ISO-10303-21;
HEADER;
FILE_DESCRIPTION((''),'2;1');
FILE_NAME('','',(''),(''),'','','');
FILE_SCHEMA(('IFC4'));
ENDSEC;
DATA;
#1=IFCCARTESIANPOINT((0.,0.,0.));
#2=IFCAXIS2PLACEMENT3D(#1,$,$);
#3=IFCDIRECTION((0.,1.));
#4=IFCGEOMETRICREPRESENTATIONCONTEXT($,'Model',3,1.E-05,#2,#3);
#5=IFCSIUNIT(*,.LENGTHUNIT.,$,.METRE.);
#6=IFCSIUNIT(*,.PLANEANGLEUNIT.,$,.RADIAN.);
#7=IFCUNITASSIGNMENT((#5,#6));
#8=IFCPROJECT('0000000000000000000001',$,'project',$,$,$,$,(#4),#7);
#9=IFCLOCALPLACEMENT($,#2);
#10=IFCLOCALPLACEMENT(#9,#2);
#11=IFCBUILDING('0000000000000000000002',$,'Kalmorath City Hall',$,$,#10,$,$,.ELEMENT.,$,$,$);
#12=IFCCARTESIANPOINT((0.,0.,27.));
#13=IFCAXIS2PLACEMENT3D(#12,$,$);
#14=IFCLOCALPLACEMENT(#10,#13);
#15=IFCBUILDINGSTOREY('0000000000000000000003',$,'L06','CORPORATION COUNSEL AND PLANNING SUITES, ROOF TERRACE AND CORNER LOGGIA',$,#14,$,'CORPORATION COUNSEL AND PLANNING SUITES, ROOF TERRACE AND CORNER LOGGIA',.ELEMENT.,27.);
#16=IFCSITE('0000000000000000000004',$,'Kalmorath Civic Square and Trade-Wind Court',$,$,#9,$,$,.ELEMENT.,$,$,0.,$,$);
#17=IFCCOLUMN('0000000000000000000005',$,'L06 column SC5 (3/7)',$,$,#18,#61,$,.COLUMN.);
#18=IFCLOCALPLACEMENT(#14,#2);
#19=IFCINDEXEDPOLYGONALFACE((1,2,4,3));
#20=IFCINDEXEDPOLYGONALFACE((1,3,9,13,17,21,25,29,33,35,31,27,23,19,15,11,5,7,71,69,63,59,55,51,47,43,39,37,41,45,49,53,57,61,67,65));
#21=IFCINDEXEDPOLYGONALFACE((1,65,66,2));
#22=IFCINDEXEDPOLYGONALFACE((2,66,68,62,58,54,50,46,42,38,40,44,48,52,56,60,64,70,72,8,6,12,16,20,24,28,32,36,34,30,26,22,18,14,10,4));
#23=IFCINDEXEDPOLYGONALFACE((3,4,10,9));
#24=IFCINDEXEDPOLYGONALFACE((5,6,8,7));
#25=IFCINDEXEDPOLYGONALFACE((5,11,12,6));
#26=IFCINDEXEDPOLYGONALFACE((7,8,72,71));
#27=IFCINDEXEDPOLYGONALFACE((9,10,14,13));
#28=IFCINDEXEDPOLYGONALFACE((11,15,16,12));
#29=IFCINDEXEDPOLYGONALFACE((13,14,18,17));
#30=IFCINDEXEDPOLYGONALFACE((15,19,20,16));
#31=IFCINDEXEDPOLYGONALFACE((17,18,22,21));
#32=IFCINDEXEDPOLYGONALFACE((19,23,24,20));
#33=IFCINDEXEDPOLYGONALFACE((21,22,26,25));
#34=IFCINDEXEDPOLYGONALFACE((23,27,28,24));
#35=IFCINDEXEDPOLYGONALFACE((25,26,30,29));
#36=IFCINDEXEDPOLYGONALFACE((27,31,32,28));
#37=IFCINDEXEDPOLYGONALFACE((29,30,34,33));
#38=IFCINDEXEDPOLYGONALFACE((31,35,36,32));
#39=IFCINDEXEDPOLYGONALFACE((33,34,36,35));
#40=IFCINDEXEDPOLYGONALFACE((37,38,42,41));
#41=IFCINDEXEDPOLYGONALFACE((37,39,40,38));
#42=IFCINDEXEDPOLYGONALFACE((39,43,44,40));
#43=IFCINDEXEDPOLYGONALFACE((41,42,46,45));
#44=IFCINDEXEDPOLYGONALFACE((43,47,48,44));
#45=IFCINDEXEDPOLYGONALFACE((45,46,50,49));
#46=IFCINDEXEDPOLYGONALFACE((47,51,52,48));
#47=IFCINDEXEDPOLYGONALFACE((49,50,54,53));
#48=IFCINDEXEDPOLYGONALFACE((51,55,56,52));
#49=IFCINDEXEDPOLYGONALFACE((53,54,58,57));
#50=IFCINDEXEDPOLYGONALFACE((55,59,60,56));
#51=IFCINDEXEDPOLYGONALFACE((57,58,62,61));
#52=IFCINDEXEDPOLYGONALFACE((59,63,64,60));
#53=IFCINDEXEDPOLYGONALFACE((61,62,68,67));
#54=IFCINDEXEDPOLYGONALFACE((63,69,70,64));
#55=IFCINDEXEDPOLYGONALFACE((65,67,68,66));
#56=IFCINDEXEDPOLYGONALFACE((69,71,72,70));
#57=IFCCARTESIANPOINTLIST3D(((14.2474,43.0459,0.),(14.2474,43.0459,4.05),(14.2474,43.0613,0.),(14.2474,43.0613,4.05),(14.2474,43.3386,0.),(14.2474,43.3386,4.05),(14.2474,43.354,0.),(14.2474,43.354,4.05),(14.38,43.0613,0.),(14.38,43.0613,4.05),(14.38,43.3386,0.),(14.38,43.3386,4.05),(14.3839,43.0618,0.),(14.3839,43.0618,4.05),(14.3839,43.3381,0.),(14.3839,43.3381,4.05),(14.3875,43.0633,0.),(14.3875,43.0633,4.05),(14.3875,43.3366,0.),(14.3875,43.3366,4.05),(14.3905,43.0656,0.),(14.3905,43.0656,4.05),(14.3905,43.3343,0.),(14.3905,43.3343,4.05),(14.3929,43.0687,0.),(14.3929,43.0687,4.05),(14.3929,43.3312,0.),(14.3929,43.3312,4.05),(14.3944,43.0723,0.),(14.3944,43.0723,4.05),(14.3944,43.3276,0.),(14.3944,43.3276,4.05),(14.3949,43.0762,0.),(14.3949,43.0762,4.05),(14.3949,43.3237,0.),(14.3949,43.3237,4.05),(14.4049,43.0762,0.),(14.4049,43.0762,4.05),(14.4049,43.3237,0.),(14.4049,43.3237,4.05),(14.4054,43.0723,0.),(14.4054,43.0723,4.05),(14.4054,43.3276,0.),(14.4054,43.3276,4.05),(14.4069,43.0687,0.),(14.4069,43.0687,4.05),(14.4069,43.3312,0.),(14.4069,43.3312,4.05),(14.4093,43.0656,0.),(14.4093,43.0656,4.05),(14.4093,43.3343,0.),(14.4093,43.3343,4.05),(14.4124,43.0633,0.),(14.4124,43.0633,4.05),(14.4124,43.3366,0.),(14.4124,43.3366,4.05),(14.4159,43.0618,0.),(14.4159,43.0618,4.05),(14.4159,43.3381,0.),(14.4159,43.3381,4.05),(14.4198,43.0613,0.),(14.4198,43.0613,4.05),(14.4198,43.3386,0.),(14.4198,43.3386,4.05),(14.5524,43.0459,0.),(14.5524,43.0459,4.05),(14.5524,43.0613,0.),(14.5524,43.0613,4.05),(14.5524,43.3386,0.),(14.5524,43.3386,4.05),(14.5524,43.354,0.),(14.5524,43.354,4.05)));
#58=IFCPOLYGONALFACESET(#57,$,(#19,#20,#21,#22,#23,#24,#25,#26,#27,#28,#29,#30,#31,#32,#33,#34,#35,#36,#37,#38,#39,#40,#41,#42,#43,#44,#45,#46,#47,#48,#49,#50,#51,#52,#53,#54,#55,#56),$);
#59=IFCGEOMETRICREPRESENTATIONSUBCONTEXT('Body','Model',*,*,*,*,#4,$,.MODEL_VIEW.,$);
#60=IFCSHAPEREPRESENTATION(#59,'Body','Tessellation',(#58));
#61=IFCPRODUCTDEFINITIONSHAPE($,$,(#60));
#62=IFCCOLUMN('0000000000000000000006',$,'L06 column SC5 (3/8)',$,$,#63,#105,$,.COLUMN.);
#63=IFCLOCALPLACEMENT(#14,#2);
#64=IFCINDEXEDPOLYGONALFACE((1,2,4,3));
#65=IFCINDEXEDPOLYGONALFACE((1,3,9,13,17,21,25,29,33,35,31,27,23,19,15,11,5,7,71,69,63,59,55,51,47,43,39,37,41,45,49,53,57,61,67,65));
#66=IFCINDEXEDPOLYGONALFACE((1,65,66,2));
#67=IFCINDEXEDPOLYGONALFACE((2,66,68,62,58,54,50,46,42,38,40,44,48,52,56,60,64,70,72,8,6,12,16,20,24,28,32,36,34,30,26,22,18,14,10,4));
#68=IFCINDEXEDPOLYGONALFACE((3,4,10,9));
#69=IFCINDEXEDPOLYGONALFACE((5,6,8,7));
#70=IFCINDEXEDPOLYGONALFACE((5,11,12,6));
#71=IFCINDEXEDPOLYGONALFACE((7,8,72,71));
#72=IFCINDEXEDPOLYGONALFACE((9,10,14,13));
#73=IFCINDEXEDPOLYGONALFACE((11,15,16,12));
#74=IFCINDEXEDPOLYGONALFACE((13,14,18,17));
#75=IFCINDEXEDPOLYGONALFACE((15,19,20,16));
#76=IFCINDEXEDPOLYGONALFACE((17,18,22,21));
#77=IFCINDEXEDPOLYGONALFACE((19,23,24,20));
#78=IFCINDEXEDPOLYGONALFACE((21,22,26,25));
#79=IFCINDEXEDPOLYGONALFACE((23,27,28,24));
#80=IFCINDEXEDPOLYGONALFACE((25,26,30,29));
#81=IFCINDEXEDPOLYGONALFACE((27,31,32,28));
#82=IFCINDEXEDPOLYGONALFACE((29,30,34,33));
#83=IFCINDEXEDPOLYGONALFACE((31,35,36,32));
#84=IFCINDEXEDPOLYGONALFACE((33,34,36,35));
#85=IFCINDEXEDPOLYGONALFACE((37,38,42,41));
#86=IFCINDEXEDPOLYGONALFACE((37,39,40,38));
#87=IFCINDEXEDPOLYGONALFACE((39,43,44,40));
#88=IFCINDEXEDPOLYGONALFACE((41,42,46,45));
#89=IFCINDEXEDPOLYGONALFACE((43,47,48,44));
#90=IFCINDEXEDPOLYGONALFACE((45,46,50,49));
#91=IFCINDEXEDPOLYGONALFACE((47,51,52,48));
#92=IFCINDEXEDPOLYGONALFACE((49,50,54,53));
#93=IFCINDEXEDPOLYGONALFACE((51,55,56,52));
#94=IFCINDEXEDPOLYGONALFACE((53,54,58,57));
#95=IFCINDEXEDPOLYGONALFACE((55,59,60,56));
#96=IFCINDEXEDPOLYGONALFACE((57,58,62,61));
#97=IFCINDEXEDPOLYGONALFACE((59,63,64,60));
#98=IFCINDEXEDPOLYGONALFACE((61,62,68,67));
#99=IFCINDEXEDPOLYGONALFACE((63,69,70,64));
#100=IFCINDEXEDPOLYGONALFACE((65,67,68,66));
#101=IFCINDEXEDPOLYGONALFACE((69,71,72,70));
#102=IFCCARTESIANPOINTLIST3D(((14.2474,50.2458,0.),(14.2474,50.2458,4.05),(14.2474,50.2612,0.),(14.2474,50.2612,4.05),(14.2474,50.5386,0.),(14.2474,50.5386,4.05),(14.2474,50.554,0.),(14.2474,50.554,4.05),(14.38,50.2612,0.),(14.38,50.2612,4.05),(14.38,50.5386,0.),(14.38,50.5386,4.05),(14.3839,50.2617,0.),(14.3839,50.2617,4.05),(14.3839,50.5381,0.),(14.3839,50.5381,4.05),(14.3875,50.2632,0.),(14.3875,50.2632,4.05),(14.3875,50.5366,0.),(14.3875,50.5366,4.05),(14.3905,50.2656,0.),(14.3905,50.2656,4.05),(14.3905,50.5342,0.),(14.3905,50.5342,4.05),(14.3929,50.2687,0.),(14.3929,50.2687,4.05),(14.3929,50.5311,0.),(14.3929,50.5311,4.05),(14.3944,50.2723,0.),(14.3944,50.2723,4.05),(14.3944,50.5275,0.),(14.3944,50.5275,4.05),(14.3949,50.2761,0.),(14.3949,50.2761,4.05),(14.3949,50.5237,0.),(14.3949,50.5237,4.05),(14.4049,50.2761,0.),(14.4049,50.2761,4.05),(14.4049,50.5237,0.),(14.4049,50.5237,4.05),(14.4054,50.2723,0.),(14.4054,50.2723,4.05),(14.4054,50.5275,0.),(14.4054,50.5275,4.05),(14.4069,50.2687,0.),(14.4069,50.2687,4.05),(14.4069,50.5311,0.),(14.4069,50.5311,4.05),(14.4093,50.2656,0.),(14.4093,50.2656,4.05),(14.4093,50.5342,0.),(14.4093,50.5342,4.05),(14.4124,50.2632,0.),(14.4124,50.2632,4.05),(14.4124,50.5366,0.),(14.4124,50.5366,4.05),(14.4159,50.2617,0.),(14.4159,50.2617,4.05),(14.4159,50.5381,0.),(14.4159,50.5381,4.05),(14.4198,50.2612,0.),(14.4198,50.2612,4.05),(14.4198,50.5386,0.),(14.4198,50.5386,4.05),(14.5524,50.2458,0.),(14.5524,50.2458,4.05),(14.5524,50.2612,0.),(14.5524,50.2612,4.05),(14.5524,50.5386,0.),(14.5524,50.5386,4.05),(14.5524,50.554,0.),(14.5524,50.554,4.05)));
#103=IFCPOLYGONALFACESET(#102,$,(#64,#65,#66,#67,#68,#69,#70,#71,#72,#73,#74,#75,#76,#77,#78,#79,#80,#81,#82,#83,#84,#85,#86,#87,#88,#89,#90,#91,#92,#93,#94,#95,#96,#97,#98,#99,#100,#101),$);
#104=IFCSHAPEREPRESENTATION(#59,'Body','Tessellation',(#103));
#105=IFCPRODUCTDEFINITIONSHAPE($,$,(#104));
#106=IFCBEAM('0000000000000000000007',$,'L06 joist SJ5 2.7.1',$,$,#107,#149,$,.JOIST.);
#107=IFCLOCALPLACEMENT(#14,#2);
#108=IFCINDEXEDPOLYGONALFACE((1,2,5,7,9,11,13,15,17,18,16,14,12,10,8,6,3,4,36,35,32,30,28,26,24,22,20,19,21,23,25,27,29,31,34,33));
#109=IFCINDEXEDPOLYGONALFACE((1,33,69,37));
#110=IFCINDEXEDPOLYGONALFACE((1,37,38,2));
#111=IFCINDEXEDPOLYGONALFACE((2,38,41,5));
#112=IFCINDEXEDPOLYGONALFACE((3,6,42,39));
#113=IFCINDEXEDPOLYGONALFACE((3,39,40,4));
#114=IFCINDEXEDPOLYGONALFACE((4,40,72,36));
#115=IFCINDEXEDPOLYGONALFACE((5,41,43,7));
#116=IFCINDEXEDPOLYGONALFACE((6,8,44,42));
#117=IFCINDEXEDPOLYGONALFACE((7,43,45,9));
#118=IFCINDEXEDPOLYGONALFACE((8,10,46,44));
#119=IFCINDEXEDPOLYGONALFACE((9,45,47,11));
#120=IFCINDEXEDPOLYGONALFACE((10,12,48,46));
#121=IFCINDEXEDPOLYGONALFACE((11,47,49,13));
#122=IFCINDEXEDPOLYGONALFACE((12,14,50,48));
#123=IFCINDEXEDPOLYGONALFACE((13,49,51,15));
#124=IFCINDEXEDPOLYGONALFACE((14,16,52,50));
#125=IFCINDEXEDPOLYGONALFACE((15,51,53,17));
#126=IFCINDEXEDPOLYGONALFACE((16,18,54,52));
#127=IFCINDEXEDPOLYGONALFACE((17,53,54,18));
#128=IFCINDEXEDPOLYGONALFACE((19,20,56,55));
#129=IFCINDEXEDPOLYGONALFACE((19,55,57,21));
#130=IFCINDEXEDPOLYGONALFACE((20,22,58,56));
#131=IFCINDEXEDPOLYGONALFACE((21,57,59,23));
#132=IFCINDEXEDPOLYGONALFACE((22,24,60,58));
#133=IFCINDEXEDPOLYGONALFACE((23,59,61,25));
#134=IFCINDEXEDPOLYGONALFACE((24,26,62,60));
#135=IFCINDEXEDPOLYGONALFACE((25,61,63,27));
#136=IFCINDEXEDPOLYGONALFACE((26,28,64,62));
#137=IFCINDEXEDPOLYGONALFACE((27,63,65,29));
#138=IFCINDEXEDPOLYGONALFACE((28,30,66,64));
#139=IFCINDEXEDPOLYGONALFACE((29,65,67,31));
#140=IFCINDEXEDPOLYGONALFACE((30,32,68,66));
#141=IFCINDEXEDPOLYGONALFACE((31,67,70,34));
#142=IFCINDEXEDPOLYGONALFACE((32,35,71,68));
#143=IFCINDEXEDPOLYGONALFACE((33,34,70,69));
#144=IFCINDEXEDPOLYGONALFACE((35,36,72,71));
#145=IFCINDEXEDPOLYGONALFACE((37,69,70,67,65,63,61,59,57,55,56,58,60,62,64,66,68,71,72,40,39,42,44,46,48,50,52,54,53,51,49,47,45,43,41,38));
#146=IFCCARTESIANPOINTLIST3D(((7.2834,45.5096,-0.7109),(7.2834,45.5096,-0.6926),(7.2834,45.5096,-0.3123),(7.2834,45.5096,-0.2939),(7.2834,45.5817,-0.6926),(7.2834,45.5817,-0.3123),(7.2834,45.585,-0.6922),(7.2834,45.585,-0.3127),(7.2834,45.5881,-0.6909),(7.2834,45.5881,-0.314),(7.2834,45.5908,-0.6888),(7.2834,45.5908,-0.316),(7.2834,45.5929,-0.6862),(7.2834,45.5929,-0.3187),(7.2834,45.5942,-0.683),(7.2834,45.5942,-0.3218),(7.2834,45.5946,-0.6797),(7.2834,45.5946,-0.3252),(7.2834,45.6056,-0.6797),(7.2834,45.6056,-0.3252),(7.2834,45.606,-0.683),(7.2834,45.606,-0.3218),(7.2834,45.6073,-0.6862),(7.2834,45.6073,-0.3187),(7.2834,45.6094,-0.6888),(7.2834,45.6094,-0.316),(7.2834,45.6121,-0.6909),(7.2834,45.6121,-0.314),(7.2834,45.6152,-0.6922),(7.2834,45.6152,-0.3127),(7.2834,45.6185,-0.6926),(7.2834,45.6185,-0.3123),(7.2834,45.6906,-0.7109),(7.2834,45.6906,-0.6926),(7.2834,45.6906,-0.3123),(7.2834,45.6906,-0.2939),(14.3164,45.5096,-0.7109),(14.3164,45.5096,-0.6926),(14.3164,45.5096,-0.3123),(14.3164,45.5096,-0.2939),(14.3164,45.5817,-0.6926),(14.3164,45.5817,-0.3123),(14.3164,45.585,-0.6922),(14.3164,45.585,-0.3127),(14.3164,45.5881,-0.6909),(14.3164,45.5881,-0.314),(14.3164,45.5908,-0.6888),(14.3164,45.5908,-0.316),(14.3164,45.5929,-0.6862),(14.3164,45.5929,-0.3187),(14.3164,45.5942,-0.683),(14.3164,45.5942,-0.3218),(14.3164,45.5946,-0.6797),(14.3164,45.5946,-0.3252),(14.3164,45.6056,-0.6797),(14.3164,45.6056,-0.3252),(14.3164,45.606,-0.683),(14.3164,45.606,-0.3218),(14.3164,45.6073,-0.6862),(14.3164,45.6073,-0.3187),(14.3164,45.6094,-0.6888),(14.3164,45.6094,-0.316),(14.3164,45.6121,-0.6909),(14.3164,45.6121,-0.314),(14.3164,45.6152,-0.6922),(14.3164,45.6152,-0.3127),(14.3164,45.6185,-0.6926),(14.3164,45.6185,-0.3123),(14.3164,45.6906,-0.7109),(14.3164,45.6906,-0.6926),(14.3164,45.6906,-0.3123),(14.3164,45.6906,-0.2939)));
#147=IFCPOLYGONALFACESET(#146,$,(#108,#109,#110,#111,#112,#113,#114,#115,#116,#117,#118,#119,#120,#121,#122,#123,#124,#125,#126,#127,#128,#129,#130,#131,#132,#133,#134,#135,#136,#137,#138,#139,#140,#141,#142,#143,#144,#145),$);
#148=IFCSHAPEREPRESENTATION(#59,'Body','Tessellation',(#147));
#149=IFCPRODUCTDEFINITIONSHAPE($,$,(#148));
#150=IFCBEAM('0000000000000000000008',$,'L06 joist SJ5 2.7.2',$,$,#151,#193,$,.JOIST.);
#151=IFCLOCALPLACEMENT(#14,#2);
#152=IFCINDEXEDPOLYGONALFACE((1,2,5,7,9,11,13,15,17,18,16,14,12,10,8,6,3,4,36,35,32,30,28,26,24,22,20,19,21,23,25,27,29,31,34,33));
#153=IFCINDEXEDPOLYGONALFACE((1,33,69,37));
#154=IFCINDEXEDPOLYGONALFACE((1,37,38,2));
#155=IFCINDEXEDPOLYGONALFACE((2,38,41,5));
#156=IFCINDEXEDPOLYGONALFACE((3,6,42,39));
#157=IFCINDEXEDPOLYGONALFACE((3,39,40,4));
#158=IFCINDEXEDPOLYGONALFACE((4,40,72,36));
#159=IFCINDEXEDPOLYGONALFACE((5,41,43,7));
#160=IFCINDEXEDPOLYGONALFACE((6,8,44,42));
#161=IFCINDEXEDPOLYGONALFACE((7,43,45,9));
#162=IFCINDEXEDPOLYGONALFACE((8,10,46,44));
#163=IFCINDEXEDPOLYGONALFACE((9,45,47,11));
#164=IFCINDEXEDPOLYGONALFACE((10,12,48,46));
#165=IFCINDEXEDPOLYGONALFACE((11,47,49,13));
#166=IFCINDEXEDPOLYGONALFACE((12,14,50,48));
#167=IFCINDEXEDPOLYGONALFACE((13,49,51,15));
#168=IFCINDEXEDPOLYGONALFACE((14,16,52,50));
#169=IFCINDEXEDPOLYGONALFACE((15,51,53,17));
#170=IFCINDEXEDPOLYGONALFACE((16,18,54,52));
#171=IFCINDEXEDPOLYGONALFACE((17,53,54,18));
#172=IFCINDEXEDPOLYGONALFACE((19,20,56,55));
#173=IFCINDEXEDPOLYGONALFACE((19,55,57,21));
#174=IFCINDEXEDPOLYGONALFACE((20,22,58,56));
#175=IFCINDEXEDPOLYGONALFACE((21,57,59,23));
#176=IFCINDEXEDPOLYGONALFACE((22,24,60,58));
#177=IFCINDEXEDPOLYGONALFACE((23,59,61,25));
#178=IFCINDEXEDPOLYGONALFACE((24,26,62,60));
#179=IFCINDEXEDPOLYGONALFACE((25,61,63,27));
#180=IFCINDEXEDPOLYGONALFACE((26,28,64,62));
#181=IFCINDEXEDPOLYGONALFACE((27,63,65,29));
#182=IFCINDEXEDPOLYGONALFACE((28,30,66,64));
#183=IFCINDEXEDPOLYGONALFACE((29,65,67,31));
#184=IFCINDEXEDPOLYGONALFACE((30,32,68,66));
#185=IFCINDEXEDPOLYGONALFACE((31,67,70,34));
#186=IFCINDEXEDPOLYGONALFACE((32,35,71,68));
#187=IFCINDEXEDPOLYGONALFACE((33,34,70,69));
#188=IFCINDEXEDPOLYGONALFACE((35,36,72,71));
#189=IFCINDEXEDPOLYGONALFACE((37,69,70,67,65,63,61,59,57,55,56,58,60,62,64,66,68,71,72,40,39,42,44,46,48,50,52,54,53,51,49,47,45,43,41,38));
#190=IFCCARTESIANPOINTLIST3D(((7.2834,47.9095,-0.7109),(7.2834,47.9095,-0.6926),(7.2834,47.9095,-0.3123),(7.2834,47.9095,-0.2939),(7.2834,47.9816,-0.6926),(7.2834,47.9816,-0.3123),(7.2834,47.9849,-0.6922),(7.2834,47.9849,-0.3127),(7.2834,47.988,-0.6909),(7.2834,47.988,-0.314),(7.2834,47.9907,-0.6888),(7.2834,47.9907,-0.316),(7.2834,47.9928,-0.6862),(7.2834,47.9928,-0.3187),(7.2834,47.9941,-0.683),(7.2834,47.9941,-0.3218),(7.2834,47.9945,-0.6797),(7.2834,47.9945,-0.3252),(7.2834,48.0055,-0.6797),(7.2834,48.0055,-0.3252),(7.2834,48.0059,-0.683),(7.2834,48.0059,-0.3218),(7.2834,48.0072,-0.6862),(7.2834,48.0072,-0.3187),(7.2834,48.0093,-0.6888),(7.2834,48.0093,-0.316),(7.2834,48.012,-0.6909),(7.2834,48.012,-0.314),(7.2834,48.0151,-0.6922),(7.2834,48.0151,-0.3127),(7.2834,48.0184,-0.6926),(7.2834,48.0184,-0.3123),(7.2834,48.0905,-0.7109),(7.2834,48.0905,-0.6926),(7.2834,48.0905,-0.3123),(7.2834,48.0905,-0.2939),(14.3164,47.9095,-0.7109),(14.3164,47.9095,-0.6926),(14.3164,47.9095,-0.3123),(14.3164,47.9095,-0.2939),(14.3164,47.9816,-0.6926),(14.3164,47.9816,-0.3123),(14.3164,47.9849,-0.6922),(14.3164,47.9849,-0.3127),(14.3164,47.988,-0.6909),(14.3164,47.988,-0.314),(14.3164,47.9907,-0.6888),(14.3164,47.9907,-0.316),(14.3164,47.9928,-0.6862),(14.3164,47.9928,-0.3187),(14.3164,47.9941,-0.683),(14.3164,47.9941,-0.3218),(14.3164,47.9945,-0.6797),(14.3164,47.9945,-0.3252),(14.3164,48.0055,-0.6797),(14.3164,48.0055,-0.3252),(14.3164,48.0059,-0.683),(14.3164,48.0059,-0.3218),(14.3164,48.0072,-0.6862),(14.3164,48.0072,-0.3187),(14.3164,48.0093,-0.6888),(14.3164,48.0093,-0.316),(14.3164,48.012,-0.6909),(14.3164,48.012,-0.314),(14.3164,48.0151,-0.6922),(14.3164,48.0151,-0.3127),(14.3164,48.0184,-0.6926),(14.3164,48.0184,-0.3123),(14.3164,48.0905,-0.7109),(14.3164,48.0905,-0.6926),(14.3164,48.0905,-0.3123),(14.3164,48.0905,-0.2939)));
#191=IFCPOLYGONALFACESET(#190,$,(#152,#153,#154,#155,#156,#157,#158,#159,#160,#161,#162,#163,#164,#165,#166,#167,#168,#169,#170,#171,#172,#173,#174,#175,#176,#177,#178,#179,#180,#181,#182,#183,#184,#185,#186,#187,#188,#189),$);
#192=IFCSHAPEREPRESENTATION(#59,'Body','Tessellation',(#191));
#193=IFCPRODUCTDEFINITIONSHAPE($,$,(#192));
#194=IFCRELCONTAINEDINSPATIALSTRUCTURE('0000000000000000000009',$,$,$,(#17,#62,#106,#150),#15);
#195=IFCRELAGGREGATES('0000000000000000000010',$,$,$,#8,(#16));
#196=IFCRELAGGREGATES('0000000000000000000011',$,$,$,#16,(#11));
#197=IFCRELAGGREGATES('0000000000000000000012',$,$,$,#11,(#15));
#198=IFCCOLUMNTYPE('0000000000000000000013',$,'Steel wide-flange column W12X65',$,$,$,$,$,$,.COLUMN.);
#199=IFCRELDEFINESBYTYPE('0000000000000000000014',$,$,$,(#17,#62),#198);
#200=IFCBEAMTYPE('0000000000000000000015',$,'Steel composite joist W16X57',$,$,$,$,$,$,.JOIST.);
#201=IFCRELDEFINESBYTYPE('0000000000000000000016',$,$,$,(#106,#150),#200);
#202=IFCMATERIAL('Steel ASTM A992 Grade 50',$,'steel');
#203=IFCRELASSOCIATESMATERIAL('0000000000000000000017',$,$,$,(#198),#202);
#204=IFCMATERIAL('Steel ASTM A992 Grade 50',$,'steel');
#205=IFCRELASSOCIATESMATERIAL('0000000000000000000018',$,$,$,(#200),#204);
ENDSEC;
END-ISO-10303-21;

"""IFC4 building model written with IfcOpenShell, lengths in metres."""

from ifc_helpers import new_model, si_unit, direction, frame, origin, origin_2d, place, context, subcontext, project, spatial, i_section, extrude, material, material_profile, profile_set, type_object, element, save


model = new_model("IFC4")

# Units and contexts
model_context = context("Model", 3, precision=1e-05, world=origin(), true_north=direction((0.0, 1.0)))
body_context = subcontext(model_context, "Body", "Model", "MODEL_VIEW")
ifc_project = project(units=[si_unit("LENGTHUNIT", "METRE"), si_unit("PLANEANGLEUNIT", "RADIAN")], contexts=[model_context])

# Site, building, storey
site_placement = place(None, origin())
site = spatial("IfcSite", under=ifc_project, at=site_placement, Name="Kalmorath Civic Square and Trade-Wind Court", CompositionType="ELEMENT", RefElevation=0.0)
building_placement = place(site_placement, origin())
building = spatial("IfcBuilding", under=site, at=building_placement, Name="Kalmorath City Hall", CompositionType="ELEMENT")
storey_placement = place(building_placement, frame((0.0, 0.0, 27.0)))
storey = spatial("IfcBuildingStorey", under=building, at=storey_placement, Name="L06", Description="CORPORATION COUNSEL AND PLANNING SUITES, ROOF TERRACE AND CORNER LOGGIA", LongName="CORPORATION COUNSEL AND PLANNING SUITES, ROOF TERRACE AND CORNER LOGGIA", CompositionType="ELEMENT", Elevation=27.0)

# Columns
ifc_material_1 = material(Name="Steel ASTM A992 Grade 50", Category="steel")
ifc_material_profile_1 = material_profile(ifc_material_1, i_section(OverallWidth=0.3049, OverallDepth=0.3081, WebThickness=0.01, FlangeThickness=0.0154, FilletRadius=0.0149, at=origin_2d()), Name="W12X65")
ifc_profile_set_1 = profile_set([ifc_material_profile_1], Name="Steel ASTM A992 Grade 50")
column_type = type_object("IfcColumnType", Name="Steel wide-flange column W12X65", PredefinedType="COLUMN", material=ifc_profile_set_1)
for number, where, z_axis, x_axis, name in (
    (1, (14.3999, 43.2, 0.0), (0.0, 0.0, 1.0), (1.0, 0.0, 0.0), "L06 column SC5 (3/7)"),
    (2, (14.3999, 50.3999, 0.0), (0.0, 0.0, 1.0), (1.0, 0.0, 0.0), "L06 column SC5 (3/8)"),
):
    element("IfcColumn", number, at=place(storey_placement, frame(where, z_axis=z_axis, x_axis=x_axis)), inside=storey, type_object=column_type, Name=name, PredefinedType="COLUMN", context=body_context, shape_type="SweptSolid", body=[
        extrude(i_section(OverallWidth=0.3049, OverallDepth=0.3081, WebThickness=0.01, FlangeThickness=0.0154, FilletRadius=0.0149, at=origin_2d()), origin(), (0.0, 0.0, 1.0), 4.05),
    ])

# Beams
ifc_material_2 = material(Name="Steel ASTM A992 Grade 50", Category="steel")
ifc_material_profile_2 = material_profile(ifc_material_2, i_section(OverallWidth=0.1809, OverallDepth=0.417, WebThickness=0.011, FlangeThickness=0.0183, FilletRadius=0.0129, at=origin_2d()), Name="W16X57")
ifc_profile_set_2 = profile_set([ifc_material_profile_2], Name="Steel ASTM A992 Grade 50")
beam_type_1 = type_object("IfcBeamType", Name="Steel composite joist W16X57", PredefinedType="JOIST", material=ifc_profile_set_2)
for number, where, z_axis, x_axis, name in (
    (3, (7.2834, 45.6001, -0.5024), (1.0, 0.0, 0.0), (0.0, 1.0, 0.0), "L06 joist SJ5 2.7.1"),
    (4, (7.2834, 48.0, -0.5024), (1.0, 0.0, 0.0), (0.0, 1.0, 0.0), "L06 joist SJ5 2.7.2"),
):
    element("IfcBeam", number, at=place(storey_placement, frame(where, z_axis=z_axis, x_axis=x_axis)), inside=storey, type_object=beam_type_1, Name=name, PredefinedType="JOIST", context=body_context, shape_type="SweptSolid", body=[
        extrude(i_section(OverallWidth=0.1809, OverallDepth=0.417, WebThickness=0.011, FlangeThickness=0.0183, FilletRadius=0.0129, at=origin_2d()), origin(), (0.0, 0.0, 1.0), 7.033),
    ])

save(model, "model.ifc")
